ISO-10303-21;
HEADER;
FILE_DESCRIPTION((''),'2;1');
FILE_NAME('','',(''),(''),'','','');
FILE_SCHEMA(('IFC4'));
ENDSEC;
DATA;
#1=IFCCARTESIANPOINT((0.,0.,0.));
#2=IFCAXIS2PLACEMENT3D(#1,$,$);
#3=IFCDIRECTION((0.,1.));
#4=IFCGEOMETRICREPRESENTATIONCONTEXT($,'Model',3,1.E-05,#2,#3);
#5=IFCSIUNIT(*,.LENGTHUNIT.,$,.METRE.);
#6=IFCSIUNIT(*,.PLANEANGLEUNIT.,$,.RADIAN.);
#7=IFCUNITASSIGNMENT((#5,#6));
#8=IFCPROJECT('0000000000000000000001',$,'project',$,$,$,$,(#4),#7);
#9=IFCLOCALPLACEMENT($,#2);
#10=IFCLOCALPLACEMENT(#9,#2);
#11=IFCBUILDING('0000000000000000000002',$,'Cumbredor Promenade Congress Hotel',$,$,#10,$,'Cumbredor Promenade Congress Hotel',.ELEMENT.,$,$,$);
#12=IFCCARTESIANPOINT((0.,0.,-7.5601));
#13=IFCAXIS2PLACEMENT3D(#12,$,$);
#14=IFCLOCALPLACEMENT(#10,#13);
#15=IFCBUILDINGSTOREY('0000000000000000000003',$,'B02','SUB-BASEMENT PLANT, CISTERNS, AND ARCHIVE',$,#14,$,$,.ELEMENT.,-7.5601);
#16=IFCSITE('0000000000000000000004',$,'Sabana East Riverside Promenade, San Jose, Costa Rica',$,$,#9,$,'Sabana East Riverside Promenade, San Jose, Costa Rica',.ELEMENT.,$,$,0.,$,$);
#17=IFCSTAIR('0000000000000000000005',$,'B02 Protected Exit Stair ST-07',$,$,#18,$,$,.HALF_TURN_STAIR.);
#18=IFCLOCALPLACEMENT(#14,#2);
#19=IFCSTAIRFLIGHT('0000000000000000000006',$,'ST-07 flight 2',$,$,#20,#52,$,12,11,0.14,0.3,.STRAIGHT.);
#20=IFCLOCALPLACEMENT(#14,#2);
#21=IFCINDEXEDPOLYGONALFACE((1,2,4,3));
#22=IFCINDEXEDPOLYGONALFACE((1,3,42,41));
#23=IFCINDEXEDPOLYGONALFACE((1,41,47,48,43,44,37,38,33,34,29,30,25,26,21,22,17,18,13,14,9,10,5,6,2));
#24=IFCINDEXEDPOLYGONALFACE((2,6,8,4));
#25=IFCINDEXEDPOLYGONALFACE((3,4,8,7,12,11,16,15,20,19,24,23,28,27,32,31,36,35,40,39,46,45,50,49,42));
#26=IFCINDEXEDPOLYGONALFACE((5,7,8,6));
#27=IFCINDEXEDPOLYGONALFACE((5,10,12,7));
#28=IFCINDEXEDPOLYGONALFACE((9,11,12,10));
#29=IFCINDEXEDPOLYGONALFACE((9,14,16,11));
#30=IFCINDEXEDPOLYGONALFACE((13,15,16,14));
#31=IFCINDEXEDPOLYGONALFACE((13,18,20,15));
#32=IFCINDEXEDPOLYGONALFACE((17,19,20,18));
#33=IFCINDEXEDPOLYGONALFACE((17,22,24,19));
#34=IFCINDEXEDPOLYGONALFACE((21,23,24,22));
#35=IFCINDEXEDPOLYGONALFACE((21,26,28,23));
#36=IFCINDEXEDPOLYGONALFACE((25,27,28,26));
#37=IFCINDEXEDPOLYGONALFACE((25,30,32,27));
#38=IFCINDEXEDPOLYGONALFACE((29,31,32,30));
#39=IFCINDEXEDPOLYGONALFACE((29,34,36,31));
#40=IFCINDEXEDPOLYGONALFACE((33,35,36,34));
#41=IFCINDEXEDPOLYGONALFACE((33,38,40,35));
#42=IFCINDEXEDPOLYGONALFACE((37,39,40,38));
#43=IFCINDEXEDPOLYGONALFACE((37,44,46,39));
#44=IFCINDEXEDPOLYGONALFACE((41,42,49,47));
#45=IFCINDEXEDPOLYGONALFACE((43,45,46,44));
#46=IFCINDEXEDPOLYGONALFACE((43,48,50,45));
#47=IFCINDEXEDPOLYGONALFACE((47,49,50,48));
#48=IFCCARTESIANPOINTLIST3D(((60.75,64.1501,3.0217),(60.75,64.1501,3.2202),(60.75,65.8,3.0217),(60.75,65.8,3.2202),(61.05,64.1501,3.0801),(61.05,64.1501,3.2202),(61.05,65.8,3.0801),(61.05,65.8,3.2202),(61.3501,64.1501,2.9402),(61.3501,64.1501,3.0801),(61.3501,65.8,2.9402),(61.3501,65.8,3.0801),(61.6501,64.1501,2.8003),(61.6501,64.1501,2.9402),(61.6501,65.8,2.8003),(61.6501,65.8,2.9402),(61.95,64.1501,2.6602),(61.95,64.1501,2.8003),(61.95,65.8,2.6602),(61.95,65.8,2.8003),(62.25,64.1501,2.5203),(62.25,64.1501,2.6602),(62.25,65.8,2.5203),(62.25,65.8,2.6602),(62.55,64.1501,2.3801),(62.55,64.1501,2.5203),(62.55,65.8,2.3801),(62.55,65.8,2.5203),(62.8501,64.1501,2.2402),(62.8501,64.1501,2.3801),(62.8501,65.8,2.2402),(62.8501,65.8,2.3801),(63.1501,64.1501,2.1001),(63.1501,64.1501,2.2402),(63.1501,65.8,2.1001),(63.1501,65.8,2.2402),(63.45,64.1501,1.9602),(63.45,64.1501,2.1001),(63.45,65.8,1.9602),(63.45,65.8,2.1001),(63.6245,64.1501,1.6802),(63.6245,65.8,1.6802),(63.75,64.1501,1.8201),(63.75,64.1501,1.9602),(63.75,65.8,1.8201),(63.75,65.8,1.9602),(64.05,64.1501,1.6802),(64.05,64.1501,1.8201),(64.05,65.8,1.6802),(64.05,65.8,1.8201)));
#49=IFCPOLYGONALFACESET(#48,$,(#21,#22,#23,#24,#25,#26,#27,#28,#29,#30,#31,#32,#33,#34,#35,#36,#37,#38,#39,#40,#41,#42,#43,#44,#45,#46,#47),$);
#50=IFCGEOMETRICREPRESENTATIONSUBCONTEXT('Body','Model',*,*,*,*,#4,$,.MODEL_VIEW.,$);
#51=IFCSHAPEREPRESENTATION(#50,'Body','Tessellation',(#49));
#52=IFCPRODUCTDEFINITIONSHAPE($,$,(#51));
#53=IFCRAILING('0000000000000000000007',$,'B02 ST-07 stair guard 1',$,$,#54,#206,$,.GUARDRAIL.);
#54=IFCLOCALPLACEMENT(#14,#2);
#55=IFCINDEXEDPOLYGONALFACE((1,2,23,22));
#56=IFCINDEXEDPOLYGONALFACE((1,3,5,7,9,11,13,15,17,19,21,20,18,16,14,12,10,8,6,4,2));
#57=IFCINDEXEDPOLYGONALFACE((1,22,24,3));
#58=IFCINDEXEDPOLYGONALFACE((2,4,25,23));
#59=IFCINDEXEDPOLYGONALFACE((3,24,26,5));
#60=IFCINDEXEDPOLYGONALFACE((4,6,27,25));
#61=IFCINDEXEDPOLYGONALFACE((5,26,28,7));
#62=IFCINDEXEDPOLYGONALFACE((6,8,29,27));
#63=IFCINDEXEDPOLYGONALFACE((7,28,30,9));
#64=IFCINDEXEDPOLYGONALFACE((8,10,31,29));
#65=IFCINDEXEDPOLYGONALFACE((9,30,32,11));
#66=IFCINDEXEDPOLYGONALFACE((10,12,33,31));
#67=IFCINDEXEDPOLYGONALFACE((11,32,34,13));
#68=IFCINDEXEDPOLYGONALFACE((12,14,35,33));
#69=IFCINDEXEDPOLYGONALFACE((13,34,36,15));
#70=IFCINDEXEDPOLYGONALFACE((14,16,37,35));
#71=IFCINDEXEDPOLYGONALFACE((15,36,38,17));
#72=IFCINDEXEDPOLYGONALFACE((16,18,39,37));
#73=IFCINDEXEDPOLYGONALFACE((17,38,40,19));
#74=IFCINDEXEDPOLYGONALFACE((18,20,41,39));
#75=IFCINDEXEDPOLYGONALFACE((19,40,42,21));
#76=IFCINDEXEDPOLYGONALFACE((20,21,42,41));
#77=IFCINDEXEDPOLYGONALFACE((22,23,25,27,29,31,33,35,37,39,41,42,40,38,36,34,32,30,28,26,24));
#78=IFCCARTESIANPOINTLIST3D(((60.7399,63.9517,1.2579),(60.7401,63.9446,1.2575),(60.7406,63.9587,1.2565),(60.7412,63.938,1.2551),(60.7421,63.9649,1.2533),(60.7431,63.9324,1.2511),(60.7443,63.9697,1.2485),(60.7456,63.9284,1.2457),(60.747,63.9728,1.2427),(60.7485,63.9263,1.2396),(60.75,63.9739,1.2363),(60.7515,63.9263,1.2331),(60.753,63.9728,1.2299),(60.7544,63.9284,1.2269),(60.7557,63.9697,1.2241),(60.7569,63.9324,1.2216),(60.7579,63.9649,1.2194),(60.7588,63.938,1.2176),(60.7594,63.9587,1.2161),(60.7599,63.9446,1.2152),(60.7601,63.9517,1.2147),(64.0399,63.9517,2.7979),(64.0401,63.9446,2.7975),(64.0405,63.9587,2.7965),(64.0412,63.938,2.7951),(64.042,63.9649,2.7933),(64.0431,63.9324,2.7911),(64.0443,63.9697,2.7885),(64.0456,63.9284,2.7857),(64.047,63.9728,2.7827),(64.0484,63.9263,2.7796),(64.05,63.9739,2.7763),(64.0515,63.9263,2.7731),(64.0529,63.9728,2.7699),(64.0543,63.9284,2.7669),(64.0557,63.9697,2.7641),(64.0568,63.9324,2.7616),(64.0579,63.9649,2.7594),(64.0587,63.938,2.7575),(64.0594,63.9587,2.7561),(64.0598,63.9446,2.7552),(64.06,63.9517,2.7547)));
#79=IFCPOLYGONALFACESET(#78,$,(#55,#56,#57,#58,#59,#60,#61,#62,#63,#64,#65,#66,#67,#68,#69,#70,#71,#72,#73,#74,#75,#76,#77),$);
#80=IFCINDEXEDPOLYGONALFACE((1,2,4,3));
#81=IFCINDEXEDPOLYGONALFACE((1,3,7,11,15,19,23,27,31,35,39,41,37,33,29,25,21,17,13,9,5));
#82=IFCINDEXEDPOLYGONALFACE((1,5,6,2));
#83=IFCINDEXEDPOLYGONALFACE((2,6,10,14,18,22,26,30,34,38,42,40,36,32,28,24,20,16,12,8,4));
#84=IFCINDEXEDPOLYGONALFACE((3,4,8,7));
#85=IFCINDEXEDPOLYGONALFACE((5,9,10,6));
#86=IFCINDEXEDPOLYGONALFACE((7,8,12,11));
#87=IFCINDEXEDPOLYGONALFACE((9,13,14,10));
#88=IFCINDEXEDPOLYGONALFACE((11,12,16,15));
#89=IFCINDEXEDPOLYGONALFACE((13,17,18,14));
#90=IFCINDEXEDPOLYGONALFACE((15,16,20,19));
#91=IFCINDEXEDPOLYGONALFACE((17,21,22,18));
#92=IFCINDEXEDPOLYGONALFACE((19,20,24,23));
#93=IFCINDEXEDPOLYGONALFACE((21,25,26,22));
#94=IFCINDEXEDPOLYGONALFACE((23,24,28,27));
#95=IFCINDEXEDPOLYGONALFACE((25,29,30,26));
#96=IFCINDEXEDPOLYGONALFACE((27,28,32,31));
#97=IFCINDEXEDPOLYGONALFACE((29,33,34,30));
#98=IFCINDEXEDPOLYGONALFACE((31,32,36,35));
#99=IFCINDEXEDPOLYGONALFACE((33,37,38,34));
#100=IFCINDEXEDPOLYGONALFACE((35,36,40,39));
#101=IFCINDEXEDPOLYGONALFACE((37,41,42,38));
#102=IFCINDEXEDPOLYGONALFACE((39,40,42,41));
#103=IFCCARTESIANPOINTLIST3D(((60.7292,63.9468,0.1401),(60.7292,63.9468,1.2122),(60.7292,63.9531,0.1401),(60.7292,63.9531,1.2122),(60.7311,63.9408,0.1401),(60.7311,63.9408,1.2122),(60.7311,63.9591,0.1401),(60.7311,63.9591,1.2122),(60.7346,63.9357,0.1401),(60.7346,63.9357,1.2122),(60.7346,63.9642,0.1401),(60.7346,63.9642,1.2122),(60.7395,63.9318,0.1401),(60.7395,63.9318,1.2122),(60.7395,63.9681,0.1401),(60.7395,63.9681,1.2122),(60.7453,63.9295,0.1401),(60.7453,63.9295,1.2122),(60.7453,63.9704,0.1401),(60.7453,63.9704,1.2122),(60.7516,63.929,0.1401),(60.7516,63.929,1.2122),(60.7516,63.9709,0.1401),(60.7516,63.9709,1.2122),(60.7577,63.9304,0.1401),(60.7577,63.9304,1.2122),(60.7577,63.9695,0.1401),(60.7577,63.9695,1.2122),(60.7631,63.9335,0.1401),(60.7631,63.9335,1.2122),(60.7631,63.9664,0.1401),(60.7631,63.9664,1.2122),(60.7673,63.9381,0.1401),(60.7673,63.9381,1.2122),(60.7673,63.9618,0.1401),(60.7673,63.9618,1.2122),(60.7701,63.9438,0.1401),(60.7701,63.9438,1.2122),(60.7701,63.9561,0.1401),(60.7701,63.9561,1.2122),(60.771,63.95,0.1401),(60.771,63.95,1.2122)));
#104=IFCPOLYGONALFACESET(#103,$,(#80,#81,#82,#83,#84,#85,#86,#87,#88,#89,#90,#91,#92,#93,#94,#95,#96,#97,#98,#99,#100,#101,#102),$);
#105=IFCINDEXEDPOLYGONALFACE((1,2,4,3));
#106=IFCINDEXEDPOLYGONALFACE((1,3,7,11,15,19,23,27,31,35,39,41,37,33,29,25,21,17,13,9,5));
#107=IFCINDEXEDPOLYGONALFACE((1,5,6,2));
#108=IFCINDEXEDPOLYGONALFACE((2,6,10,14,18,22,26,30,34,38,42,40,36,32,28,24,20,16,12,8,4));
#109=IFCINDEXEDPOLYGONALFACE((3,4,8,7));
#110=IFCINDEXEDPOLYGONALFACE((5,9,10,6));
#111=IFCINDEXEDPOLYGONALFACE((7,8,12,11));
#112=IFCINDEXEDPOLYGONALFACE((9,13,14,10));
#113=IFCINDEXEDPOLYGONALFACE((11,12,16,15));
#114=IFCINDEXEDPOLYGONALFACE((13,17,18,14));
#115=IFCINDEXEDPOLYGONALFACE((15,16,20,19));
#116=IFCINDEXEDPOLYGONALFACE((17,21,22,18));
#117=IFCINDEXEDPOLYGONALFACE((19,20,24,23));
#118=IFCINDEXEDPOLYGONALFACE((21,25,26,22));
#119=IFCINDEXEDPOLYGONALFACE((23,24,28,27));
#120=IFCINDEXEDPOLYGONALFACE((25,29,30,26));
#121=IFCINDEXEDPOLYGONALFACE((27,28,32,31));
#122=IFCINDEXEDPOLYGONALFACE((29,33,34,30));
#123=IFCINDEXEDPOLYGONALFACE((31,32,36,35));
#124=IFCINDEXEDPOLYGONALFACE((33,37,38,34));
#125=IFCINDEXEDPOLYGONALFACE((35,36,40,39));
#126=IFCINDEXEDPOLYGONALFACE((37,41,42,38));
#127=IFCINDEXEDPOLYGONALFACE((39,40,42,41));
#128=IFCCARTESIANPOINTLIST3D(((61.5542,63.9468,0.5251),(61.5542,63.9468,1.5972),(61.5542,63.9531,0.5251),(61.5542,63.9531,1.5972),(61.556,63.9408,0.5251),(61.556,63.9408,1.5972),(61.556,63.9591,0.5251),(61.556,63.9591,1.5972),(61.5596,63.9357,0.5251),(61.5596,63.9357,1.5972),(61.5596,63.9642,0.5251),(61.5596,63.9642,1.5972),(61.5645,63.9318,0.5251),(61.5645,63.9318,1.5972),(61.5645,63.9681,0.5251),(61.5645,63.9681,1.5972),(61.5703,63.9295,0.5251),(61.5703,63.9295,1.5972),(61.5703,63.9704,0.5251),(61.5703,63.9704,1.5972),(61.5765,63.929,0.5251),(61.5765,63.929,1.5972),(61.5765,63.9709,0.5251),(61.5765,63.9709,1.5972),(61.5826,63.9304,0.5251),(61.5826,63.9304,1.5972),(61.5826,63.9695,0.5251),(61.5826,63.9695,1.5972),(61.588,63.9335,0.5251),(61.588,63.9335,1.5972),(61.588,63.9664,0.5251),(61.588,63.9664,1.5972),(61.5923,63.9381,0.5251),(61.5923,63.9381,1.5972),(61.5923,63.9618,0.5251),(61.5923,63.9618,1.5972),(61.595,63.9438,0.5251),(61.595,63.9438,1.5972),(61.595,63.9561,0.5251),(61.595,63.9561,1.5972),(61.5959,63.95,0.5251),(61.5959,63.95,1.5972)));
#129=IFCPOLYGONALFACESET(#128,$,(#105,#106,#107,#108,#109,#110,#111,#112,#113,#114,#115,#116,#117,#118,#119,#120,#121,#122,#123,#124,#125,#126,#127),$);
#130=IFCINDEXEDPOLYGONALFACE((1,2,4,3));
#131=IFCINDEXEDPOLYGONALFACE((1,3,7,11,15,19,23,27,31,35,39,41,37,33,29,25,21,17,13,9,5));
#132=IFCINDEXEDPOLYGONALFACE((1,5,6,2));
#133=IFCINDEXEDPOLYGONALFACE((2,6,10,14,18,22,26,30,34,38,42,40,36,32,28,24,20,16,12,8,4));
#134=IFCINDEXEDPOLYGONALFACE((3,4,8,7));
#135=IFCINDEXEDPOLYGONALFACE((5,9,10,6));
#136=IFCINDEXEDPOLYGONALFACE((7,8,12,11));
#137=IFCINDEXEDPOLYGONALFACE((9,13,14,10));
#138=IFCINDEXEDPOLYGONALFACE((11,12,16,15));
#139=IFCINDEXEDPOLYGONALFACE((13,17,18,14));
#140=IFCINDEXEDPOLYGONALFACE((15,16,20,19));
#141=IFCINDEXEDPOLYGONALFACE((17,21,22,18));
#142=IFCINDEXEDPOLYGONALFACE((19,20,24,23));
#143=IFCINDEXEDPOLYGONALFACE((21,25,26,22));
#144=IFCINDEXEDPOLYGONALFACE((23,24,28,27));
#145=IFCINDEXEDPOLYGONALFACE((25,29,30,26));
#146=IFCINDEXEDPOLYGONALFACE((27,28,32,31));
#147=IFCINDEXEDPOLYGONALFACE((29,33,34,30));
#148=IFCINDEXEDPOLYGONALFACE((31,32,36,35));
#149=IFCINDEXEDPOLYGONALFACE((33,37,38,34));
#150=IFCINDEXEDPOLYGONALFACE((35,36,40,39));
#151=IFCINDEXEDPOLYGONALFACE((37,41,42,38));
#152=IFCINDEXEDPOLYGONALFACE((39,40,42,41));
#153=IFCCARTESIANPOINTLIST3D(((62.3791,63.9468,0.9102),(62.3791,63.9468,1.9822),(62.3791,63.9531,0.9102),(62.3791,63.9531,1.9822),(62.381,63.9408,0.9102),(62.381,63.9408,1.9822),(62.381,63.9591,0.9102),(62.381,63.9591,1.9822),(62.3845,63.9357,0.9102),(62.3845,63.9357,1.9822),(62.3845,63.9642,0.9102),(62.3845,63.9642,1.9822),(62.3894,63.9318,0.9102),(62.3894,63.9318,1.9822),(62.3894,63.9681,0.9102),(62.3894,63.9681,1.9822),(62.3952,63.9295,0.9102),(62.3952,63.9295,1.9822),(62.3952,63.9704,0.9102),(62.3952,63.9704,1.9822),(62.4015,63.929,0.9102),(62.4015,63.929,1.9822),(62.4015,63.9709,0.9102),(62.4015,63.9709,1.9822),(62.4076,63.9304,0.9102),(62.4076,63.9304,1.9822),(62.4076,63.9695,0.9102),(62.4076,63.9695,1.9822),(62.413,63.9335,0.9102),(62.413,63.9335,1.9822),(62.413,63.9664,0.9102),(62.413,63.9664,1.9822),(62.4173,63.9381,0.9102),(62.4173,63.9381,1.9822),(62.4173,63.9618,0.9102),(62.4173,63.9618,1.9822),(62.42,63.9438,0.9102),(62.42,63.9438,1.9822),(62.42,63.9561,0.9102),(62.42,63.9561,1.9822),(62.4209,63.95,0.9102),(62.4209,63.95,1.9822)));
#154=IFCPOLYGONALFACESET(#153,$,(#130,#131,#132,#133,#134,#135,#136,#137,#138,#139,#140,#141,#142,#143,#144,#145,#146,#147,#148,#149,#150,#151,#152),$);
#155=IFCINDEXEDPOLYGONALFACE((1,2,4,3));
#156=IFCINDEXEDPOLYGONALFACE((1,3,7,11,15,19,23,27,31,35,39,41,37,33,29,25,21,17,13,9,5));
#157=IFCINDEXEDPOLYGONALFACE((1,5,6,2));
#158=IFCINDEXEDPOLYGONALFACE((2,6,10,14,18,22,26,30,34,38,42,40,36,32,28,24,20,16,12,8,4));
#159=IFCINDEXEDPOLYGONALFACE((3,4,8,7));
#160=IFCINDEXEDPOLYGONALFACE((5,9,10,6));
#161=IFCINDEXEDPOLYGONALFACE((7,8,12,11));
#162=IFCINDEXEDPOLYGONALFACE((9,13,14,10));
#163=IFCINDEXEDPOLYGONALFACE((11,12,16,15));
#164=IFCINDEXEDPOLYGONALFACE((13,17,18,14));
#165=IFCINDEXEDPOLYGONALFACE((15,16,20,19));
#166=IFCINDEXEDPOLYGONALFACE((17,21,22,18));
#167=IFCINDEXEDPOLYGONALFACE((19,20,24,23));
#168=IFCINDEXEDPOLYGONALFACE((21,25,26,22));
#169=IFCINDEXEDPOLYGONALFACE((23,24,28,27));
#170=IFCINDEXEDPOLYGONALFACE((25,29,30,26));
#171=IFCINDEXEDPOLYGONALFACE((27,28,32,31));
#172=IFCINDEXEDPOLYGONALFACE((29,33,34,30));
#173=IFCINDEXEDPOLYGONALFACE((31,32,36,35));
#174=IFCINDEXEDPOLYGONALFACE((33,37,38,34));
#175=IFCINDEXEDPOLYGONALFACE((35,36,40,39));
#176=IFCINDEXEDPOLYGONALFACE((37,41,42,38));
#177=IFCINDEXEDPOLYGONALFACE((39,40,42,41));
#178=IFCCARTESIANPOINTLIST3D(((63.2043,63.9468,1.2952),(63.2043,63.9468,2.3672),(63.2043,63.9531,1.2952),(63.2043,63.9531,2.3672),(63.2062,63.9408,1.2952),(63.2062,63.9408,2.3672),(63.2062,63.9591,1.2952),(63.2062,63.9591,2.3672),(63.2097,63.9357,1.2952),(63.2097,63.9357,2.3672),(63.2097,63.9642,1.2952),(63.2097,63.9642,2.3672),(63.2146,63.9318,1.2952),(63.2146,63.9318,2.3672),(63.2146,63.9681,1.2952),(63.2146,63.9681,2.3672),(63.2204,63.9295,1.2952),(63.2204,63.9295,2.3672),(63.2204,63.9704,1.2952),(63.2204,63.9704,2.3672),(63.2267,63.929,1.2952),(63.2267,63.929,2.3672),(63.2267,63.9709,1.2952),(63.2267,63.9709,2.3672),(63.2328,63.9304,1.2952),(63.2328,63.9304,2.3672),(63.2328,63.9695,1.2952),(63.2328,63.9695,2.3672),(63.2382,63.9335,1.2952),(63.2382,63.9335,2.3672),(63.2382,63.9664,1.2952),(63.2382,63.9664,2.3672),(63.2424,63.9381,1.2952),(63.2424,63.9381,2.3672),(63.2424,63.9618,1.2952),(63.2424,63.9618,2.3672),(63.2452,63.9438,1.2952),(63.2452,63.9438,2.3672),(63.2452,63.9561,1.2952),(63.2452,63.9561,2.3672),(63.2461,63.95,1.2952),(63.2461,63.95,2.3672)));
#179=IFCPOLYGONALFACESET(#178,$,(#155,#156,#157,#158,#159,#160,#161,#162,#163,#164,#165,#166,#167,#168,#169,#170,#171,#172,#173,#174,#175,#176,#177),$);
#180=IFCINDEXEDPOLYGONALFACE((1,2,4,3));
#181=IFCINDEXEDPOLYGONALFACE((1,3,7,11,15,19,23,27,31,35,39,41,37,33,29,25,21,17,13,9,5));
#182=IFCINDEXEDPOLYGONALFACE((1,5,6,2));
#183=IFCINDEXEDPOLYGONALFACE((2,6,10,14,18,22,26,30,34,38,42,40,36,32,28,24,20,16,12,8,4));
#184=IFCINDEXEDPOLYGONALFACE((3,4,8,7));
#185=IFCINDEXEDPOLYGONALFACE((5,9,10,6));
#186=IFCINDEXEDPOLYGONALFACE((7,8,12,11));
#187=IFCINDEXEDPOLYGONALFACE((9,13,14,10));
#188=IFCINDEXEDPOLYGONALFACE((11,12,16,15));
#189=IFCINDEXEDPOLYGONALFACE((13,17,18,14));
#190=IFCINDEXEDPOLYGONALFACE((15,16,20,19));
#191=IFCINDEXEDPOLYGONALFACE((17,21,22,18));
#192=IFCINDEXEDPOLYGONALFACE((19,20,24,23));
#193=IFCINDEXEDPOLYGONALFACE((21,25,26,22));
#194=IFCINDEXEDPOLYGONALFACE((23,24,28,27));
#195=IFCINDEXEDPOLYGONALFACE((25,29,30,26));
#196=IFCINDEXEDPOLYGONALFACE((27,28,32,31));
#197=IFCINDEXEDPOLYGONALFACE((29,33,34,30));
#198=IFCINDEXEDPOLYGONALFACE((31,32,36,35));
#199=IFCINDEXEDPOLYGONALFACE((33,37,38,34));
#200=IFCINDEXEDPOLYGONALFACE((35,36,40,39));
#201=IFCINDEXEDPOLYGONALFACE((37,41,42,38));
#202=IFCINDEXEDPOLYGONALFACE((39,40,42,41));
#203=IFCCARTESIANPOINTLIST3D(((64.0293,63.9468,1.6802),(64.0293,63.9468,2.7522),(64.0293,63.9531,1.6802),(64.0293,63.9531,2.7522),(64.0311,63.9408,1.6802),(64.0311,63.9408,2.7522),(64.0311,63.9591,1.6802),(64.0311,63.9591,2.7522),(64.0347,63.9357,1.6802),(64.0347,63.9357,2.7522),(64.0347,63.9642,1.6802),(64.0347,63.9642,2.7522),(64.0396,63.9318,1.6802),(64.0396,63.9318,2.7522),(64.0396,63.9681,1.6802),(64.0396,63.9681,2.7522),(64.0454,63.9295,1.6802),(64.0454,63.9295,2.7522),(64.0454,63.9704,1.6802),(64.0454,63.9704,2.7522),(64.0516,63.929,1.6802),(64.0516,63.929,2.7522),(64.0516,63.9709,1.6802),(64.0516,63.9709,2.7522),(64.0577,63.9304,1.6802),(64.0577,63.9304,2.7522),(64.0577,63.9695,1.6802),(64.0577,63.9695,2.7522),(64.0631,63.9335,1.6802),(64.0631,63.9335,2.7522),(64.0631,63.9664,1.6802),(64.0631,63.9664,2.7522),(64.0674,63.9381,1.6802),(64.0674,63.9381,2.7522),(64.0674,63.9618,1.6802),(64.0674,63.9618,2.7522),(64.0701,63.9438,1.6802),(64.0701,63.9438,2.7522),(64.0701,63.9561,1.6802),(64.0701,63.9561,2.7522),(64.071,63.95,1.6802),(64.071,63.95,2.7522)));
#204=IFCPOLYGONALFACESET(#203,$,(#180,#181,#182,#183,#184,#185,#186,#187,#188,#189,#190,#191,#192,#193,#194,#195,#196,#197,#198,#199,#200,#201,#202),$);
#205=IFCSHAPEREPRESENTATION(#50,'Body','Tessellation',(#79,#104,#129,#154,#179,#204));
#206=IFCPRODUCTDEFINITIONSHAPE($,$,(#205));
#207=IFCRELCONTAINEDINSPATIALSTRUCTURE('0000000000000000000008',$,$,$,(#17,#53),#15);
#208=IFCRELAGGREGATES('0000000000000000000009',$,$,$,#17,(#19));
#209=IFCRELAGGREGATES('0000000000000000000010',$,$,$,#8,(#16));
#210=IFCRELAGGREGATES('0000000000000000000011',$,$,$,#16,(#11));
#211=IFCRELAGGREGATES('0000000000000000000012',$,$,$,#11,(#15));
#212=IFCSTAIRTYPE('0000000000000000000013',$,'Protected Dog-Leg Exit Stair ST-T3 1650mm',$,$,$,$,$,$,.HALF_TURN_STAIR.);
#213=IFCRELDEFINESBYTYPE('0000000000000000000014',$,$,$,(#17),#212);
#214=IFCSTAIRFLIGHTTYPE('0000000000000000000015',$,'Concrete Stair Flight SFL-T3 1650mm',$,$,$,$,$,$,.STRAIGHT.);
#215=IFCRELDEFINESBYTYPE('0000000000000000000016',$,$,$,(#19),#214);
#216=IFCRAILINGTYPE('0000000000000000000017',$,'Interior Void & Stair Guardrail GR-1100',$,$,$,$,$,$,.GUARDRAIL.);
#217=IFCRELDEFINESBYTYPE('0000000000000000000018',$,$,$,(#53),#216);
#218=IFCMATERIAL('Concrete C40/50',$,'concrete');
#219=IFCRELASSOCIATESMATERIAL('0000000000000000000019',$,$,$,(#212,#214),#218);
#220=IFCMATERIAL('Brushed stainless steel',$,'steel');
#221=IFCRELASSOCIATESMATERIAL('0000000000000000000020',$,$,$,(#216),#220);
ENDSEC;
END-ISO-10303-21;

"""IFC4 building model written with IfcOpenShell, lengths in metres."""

from ifc_helpers import new_model, si_unit, direction, frame, origin, origin_2d, place, context, subcontext, project, spatial, polyline, circle, outline, extrude, material, type_object, element, aggregate, save


model = new_model("IFC4")

# Units and contexts
model_context = context("Model", 3, precision=1e-05, world=origin(), true_north=direction((0.0, 1.0)))
body_context = subcontext(model_context, "Body", "Model", "MODEL_VIEW")
ifc_project = project(units=[si_unit("LENGTHUNIT", "METRE"), si_unit("PLANEANGLEUNIT", "RADIAN")], contexts=[model_context])

# Site, building, storey
site_placement = place(None, origin())
site = spatial("IfcSite", under=ifc_project, at=site_placement, Name="Sabana East Riverside Promenade, San Jose, Costa Rica", LongName="Sabana East Riverside Promenade, San Jose, Costa Rica", CompositionType="ELEMENT", RefElevation=0.0)
building_placement = place(site_placement, origin())
building = spatial("IfcBuilding", under=site, at=building_placement, Name="Cumbredor Promenade Congress Hotel", LongName="Cumbredor Promenade Congress Hotel", CompositionType="ELEMENT")
storey_placement = place(building_placement, frame((0.0, 0.0, -7.5601)))
storey = spatial("IfcBuildingStorey", under=building, at=storey_placement, Name="B02", Description="SUB-BASEMENT PLANT, CISTERNS, AND ARCHIVE", CompositionType="ELEMENT", Elevation=-7.5601)

# Shared definitions
ifc_material_1 = material(Name="Concrete C40/50", Category="concrete")

# Stair, stair flight
stair_type = type_object("IfcStairType", Name="Protected Dog-Leg Exit Stair ST-T3 1650mm", PredefinedType="HALF_TURN_STAIR", material=ifc_material_1)
stair_placement = place(storey_placement, origin())
stair = element("IfcStair", 1, at=stair_placement, inside=storey, type_object=stair_type, Name="B02 Protected Exit Stair ST-07", PredefinedType="HALF_TURN_STAIR")
stair_flight_type = type_object("IfcStairFlightType", Name="Concrete Stair Flight SFL-T3 1650mm", PredefinedType="STRAIGHT", material=ifc_material_1)
stair_flight_1_placement = place(storey_placement, frame((64.05, 64.9751, 1.6802), z_axis=(0.0, 0.0, 1.0), x_axis=(-1.0, 0.0, 0.0)))
stair_flight_1 = element("IfcStairFlight", 2, at=stair_flight_1_placement, type_object=stair_flight_type, Name="ST-07 flight 2", NumberOfRisers=12, NumberOfTreads=11, PredefinedType="STRAIGHT", RiserHeight=0.14, TreadLength=0.3, context=body_context, shape_type="SweptSolid", body=[
    extrude(outline(polyline([(0.0, 0.0), (0.0, 0.1399), (0.3, 0.1399), (0.3, 0.28), (0.6001, 0.28), (0.6001, 0.4199), (0.8999, 0.4199), (0.8999, 0.5601), (1.2, 0.5601), (1.2, 0.7), (1.5, 0.7), (1.5, 0.8401), (1.8, 0.8401), (1.8, 0.98), (2.1001, 0.98), (2.1001, 1.1201), (2.3999, 1.1201), (2.3999, 1.26), (2.7, 1.26), (2.7, 1.3999), (3.0, 1.3999), (3.0, 1.54), (3.3, 1.54), (3.3, 1.6799), (3.3, 1.3416), (0.4255, 0.0), (0.0, 0.0)])), frame((0.0, 0.825, 0.0), z_axis=(0.0, -1.0, 0.0), x_axis=(1.0, 0.0, 0.0)), (0.0, 0.0, 1.0), 1.6499),
])
aggregate(stair, [stair_flight_1])

# Railing
ifc_material_2 = material(Name="Brushed stainless steel", Category="steel")
railing_type_1 = type_object("IfcRailingType", Name="Interior Void & Stair Guardrail GR-1100", PredefinedType="GUARDRAIL", material=ifc_material_2)
railing_1_placement = place(storey_placement, frame((60.75, 63.95, 0.1401)))
element("IfcRailing", 3, at=railing_1_placement, inside=storey, type_object=railing_type_1, Name="B02 ST-07 stair guard 1", PredefinedType="GUARDRAIL", context=body_context, shape_type="SweptSolid", body=[
    extrude(circle(Radius=0.0239, at=origin_2d()), frame((0.0, 0.0, 1.0962), z_axis=(0.906181, 0.0, 0.422889), x_axis=(0.0, 1.0, 0.0)), (0.0, 0.0, 1.0), 3.6416),
    extrude(circle(Radius=0.021, at=origin_2d()), origin(), (0.0, 0.0, 1.0), 1.072),
    extrude(circle(Radius=0.021, at=origin_2d()), frame((0.825, 0.0, 0.385)), (0.0, 0.0, 1.0), 1.072),
    extrude(circle(Radius=0.021, at=origin_2d()), frame((1.6499, 0.0, 0.77)), (0.0, 0.0, 1.0), 1.072),
    extrude(circle(Radius=0.021, at=origin_2d()), frame((2.4751, 0.0, 1.155)), (0.0, 0.0, 1.0), 1.072),
    extrude(circle(Radius=0.021, at=origin_2d()), frame((3.3, 0.0, 1.54)), (0.0, 0.0, 1.0), 1.072),
])

save(model, "model.ifc")
